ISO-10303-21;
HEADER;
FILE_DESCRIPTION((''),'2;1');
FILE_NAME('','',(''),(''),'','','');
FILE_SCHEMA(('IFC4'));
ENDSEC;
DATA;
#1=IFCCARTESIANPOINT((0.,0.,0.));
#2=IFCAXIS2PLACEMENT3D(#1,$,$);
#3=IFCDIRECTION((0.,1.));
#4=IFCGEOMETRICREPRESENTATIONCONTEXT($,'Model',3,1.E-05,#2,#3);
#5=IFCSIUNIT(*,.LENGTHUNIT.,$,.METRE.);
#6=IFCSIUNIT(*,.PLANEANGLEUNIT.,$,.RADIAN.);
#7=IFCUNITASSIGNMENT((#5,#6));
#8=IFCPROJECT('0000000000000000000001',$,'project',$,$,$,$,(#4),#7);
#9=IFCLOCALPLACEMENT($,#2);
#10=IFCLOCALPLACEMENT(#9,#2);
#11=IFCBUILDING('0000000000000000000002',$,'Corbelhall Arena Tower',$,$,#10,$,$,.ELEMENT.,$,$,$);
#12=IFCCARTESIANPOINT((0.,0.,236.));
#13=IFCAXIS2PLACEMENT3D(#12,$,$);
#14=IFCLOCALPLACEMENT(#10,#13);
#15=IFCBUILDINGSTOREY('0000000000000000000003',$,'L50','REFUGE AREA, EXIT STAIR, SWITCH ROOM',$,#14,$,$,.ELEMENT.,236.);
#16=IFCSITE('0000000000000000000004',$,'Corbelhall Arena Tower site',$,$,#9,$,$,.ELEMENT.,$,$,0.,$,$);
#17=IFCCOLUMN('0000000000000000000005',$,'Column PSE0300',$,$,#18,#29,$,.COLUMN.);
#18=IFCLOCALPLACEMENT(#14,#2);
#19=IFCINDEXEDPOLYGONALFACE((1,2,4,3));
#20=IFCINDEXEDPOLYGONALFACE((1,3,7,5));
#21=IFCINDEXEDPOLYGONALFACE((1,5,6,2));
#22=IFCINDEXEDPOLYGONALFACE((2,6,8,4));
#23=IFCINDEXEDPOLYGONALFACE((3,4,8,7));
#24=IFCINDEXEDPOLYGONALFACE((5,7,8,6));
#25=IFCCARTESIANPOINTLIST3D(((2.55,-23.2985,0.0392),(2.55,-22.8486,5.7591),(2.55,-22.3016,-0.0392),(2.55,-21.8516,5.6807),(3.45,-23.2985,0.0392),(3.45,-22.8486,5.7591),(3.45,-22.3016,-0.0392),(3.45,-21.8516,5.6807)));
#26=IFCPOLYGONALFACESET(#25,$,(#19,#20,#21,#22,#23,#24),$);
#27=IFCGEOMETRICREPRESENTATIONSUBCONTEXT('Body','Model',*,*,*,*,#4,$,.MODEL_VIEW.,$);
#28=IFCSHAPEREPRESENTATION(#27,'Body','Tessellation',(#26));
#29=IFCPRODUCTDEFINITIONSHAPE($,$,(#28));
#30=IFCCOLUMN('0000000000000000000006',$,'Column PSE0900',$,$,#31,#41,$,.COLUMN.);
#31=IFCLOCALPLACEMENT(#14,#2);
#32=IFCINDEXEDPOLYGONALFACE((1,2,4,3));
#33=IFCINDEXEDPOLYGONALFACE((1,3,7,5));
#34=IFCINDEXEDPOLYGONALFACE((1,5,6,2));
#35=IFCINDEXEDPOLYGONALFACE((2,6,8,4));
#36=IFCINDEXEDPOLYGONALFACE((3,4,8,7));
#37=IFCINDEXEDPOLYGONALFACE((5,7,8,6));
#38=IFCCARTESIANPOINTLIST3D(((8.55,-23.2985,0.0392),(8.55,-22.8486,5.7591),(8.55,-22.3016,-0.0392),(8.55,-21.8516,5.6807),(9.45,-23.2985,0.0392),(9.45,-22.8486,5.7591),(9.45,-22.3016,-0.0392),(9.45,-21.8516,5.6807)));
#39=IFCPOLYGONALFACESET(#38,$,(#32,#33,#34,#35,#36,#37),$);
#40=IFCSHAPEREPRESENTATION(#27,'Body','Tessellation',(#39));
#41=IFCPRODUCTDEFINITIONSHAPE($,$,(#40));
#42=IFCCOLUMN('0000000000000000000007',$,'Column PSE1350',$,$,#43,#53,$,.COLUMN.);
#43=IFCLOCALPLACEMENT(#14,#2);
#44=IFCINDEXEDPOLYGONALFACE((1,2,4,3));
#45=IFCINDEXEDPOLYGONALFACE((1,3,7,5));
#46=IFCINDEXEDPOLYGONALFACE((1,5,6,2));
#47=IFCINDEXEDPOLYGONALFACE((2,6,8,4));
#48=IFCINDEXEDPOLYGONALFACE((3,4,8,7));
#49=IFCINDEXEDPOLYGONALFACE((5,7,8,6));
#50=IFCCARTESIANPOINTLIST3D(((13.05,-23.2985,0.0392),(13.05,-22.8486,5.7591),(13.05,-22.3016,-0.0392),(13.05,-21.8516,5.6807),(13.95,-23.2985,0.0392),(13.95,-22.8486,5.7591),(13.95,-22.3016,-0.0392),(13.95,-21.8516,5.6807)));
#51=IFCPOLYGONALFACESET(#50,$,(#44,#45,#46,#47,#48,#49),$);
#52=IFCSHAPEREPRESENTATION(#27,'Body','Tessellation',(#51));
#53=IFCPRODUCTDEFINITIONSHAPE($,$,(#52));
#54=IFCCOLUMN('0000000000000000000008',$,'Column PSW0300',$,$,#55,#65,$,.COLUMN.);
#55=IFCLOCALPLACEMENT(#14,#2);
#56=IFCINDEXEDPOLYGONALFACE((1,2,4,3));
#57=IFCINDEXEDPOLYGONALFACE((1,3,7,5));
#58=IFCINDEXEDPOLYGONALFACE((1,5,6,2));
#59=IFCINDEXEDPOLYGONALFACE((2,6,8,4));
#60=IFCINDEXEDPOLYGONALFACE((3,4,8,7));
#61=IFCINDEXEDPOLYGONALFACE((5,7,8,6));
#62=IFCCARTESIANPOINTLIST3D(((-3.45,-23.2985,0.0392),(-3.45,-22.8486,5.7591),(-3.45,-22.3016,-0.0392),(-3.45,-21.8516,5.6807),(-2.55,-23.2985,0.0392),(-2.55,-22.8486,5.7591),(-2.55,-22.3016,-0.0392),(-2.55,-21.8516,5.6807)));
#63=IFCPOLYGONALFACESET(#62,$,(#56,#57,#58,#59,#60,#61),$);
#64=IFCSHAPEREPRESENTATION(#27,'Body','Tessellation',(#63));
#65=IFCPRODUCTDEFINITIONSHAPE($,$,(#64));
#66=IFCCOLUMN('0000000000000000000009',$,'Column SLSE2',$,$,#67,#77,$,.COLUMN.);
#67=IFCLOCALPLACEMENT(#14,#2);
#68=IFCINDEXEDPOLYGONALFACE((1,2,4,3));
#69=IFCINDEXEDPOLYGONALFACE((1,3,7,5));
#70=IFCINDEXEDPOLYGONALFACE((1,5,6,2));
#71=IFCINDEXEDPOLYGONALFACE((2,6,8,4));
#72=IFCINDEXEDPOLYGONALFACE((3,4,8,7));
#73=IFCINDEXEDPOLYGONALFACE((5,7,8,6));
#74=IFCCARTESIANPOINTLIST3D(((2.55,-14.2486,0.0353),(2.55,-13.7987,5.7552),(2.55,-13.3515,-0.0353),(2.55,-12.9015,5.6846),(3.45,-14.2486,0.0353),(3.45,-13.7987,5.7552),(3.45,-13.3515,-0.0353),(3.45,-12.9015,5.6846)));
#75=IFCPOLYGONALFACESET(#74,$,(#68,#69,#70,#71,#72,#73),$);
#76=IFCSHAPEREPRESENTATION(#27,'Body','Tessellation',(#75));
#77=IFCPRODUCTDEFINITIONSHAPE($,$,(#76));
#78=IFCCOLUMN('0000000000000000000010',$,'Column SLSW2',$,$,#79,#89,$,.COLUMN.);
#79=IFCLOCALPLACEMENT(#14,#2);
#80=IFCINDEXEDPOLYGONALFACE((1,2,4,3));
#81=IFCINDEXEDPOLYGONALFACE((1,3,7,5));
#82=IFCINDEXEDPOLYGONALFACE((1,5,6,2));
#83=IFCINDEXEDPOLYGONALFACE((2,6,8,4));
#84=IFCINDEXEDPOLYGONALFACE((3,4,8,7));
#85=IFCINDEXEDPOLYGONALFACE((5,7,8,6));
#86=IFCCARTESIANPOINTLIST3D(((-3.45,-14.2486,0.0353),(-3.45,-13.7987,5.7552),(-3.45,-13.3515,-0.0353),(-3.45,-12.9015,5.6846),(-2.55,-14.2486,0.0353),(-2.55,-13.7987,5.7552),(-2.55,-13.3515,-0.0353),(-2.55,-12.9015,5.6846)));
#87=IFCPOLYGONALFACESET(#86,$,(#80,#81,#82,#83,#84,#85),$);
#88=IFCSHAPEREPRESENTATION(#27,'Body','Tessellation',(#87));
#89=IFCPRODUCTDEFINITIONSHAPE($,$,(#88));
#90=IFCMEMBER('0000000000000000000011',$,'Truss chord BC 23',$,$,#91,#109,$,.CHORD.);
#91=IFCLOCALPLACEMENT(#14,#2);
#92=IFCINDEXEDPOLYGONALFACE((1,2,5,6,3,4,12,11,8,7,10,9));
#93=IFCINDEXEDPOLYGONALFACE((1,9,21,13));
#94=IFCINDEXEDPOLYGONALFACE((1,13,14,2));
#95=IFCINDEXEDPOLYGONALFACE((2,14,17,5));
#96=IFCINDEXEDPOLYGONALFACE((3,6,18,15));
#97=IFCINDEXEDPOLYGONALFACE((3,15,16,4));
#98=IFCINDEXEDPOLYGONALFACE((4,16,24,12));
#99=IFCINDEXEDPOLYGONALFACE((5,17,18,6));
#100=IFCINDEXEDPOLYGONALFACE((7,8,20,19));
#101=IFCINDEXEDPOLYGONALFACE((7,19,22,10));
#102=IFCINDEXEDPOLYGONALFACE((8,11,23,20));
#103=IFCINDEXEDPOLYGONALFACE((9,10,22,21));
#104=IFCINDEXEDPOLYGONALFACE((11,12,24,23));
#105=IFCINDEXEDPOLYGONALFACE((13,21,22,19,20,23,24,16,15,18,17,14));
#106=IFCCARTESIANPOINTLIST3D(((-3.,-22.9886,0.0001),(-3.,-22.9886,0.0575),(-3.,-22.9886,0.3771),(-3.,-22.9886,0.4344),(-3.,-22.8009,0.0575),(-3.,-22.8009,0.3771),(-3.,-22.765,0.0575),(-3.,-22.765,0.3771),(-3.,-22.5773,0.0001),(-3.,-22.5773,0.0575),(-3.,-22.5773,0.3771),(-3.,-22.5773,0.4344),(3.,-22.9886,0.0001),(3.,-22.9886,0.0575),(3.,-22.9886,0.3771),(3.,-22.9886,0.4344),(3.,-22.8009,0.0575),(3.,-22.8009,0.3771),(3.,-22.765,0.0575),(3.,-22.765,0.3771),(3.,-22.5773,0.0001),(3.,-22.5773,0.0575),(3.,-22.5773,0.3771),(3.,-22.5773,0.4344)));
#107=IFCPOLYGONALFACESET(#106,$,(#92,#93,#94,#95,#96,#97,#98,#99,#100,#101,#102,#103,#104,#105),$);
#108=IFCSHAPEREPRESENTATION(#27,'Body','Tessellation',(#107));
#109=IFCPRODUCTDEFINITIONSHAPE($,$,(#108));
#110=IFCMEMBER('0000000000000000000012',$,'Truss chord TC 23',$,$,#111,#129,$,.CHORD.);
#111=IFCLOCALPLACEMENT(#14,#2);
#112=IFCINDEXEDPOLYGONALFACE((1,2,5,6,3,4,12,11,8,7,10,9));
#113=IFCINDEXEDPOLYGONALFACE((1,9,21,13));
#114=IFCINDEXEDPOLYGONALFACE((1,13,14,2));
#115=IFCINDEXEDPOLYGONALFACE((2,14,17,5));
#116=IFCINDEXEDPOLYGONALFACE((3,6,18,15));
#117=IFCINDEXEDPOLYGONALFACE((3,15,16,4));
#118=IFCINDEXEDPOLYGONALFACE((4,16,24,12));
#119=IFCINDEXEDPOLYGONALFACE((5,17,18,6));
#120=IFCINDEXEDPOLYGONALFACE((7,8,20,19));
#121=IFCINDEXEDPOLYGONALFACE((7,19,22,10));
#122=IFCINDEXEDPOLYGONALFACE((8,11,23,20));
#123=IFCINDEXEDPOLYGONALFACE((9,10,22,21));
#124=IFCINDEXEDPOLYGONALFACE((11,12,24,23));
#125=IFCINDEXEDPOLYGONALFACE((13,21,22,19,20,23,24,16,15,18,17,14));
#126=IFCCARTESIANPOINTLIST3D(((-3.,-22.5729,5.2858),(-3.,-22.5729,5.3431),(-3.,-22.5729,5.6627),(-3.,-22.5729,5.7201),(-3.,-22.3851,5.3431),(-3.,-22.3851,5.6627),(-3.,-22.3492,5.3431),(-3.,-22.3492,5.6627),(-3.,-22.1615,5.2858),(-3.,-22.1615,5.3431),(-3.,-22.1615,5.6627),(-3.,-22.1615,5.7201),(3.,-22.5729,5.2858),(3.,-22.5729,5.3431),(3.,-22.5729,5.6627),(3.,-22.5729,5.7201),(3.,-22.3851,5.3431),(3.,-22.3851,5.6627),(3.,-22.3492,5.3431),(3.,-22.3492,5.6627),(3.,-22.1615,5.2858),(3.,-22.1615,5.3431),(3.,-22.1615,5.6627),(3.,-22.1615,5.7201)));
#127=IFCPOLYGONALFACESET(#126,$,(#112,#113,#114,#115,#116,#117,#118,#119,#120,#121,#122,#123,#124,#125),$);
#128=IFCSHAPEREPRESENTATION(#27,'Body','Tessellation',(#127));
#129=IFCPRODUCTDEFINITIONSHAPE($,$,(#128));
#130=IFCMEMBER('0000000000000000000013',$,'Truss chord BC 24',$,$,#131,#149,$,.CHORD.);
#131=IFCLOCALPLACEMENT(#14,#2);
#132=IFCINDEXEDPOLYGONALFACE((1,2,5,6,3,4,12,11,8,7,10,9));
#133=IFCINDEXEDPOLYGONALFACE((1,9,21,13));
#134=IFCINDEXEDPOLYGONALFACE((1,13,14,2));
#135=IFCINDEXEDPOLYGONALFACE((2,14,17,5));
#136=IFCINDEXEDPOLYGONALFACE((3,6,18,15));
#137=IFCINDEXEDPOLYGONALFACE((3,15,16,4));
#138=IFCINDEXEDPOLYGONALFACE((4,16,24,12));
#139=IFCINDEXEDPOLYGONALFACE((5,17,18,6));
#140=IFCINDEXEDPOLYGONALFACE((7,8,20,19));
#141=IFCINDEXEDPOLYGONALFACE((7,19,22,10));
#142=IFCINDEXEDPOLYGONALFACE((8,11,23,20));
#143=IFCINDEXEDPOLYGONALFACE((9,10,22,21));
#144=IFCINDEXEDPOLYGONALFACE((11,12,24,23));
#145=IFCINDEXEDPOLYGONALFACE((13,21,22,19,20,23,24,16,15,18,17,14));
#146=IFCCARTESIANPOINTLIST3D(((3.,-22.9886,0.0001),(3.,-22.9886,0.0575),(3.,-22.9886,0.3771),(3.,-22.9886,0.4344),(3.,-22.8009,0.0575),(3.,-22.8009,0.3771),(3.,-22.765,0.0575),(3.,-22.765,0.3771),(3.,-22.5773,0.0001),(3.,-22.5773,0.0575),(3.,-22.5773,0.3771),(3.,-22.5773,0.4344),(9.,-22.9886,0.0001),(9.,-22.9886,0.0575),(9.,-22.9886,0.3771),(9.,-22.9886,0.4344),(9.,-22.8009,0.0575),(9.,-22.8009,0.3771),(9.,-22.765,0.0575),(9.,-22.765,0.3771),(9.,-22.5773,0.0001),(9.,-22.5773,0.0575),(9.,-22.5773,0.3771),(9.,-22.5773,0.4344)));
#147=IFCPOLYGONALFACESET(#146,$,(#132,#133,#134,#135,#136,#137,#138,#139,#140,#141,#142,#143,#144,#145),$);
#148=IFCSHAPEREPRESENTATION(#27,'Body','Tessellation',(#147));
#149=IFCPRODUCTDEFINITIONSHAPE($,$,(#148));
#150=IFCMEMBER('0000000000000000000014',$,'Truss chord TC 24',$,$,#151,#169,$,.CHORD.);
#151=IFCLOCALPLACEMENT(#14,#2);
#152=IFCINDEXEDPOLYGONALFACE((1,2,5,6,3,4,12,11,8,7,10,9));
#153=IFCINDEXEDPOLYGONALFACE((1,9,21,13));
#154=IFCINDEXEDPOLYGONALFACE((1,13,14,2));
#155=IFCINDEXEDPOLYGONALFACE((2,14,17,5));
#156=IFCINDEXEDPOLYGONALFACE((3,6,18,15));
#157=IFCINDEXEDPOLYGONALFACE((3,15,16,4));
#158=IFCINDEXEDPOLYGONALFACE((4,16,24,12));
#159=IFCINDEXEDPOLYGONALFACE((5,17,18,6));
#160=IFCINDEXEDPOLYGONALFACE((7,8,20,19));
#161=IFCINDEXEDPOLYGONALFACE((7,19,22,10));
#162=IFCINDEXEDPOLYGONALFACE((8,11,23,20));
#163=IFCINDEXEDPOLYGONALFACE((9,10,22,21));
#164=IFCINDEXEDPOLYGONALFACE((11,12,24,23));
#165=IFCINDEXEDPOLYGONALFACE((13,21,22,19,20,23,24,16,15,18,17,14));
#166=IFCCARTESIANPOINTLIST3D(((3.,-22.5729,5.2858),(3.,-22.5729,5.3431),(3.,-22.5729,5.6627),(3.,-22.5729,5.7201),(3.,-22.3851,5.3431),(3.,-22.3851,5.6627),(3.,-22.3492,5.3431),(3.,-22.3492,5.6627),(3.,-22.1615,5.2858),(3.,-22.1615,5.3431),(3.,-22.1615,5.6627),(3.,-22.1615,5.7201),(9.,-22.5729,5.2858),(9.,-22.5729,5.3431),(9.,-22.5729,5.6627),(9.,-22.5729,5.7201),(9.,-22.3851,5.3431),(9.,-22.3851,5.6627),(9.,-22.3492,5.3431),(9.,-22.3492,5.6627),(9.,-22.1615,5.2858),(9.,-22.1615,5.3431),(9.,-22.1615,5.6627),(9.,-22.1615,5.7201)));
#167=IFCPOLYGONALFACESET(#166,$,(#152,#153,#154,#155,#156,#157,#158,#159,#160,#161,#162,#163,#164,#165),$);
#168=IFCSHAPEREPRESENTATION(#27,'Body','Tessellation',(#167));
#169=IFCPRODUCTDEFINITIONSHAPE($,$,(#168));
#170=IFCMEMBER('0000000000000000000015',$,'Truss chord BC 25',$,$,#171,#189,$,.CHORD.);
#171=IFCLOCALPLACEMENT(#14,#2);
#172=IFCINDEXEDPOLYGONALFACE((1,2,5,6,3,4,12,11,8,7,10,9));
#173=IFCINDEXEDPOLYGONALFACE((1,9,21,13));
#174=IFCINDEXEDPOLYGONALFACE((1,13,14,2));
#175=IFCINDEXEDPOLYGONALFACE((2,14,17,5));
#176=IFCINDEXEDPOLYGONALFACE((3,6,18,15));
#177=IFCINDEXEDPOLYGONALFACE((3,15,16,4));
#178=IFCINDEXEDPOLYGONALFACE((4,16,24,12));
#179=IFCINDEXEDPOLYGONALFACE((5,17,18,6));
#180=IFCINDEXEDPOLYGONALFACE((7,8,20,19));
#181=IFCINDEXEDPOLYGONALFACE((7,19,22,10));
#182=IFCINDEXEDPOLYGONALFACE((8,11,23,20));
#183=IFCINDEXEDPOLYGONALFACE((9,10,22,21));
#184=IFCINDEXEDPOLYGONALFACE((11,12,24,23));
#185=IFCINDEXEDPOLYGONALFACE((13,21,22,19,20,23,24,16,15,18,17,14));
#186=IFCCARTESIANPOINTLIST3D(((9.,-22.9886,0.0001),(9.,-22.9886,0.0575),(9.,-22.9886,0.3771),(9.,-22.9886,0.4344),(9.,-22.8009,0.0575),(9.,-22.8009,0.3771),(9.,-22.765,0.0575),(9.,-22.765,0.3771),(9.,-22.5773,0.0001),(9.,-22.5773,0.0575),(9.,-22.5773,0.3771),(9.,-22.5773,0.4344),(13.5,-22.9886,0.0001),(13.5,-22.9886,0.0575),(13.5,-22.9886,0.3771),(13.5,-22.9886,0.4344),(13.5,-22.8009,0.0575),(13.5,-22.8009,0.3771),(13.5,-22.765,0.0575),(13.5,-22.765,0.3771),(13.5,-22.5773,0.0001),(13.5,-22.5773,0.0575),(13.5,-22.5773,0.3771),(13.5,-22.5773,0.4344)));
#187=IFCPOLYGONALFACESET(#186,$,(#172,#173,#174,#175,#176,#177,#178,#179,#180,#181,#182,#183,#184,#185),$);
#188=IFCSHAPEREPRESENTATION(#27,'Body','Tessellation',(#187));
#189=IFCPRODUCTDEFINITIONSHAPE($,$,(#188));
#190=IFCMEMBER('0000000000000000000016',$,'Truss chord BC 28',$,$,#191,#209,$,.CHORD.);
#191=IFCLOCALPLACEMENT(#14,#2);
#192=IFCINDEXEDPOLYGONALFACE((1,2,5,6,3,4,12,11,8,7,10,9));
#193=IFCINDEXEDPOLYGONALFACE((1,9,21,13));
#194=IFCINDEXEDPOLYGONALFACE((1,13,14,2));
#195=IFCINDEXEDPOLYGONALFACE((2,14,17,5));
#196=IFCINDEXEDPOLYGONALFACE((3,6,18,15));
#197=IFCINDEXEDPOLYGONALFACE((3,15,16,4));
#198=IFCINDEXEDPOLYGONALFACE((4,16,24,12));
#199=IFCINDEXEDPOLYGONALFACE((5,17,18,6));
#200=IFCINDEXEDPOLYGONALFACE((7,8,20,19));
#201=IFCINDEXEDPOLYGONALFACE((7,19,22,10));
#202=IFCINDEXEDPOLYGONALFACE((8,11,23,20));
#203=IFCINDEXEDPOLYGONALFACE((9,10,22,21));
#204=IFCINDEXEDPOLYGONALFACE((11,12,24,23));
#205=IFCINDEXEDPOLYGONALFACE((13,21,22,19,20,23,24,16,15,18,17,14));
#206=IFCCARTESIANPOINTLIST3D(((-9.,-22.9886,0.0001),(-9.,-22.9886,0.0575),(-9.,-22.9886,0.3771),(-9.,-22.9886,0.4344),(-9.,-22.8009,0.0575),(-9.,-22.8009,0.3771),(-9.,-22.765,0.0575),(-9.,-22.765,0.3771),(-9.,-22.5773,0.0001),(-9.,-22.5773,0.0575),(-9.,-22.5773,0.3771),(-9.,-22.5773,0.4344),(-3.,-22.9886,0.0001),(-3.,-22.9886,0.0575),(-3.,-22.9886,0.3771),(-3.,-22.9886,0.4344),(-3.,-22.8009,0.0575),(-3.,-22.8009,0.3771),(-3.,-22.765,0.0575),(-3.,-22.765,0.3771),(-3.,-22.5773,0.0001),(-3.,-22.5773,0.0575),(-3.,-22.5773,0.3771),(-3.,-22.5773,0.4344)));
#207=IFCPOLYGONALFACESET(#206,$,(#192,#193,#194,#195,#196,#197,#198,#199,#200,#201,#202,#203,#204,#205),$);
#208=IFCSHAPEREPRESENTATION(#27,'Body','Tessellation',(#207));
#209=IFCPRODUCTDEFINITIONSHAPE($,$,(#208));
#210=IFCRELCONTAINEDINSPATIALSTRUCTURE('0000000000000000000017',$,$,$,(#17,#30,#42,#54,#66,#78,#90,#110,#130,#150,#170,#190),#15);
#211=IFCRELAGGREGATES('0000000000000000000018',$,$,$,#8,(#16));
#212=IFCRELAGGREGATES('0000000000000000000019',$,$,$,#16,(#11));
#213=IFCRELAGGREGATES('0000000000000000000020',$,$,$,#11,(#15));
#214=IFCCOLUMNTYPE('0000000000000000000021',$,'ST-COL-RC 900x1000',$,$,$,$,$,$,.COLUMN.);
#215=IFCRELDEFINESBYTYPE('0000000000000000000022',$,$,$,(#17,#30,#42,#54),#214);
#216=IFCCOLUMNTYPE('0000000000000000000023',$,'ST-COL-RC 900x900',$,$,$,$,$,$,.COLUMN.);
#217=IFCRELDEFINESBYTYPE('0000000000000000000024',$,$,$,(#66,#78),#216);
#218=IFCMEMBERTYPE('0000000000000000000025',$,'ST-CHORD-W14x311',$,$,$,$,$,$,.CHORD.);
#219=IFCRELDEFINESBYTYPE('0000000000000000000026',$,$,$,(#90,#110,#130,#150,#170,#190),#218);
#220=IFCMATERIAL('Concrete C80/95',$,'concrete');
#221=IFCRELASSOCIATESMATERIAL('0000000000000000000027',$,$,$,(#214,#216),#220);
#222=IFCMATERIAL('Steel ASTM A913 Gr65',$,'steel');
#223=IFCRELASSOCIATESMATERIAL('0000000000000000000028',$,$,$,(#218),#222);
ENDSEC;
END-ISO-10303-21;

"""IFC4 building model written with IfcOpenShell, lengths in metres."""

from ifc_helpers import new_model, si_unit, direction, frame, origin, origin_2d, place, context, subcontext, project, spatial, rectangle, i_section, extrude, material, material_profile, profile_set, type_object, element, save


model = new_model("IFC4")

# Units and contexts
model_context = context("Model", 3, precision=1e-05, world=origin(), true_north=direction((0.0, 1.0)))
body_context = subcontext(model_context, "Body", "Model", "MODEL_VIEW")
ifc_project = project(units=[si_unit("LENGTHUNIT", "METRE"), si_unit("PLANEANGLEUNIT", "RADIAN")], contexts=[model_context])

# Site, building, storey
site_placement = place(None, origin())
site = spatial("IfcSite", under=ifc_project, at=site_placement, Name="Corbelhall Arena Tower site", CompositionType="ELEMENT", RefElevation=0.0)
building_placement = place(site_placement, origin())
building = spatial("IfcBuilding", under=site, at=building_placement, Name="Corbelhall Arena Tower", CompositionType="ELEMENT")
storey_placement = place(building_placement, frame((0.0, 0.0, 236.0)))
storey = spatial("IfcBuildingStorey", under=building, at=storey_placement, Name="L50", Description="REFUGE AREA, EXIT STAIR, SWITCH ROOM", CompositionType="ELEMENT", Elevation=236.0)

# Columns
ifc_material_1 = material(Name="Concrete C80/95", Category="concrete")
ifc_material_profile_1 = material_profile(ifc_material_1, rectangle(XDim=0.8999, YDim=1.0, at=origin_2d()))
ifc_profile_set_1 = profile_set([ifc_material_profile_1], Name="Concrete C80/95")
column_type_1 = type_object("IfcColumnType", Name="ST-COL-RC 900x1000", PredefinedType="COLUMN", material=ifc_profile_set_1)
for number, where, z_axis, x_axis, name in (
    (1, (3.0, -22.8, 0.0), (0.0, 0.078421, 0.99692), (-1.0, 0.0, 0.0), "Column PSE0300"),
    (2, (9.0, -22.8, 0.0), (0.0, 0.078421, 0.99692), (-1.0, 0.0, 0.0), "Column PSE0900"),
    (3, (13.5, -22.8, 0.0), (0.0, 0.078421, 0.99692), (-1.0, 0.0, 0.0), "Column PSE1350"),
    (4, (-3.0, -22.8, 0.0), (0.0, 0.078421, 0.99692), (-1.0, 0.0, 0.0), "Column PSW0300"),
):
    element("IfcColumn", number, at=place(storey_placement, frame(where, z_axis=z_axis, x_axis=x_axis)), inside=storey, type_object=column_type_1, Name=name, PredefinedType="COLUMN", context=body_context, shape_type="SweptSolid", body=[
        extrude(rectangle(XDim=0.8999, YDim=1.0, at=origin_2d()), origin(), (0.0, 0.0, 1.0), 5.7375),
    ])
ifc_material_profile_2 = material_profile(ifc_material_1, rectangle(XDim=0.8999, YDim=0.8999, at=origin_2d()))
ifc_profile_set_2 = profile_set([ifc_material_profile_2], Name="Concrete C80/95")
column_type_2 = type_object("IfcColumnType", Name="ST-COL-RC 900x900", PredefinedType="COLUMN", material=ifc_profile_set_2)
for number, where, z_axis, x_axis, name in (
    (5, (3.0, -13.8, 0.0), (0.0, 0.078421, 0.99692), (-1.0, 0.0, 0.0), "Column SLSE2"),
    (6, (-3.0, -13.8, 0.0), (0.0, 0.078421, 0.99692), (-1.0, 0.0, 0.0), "Column SLSW2"),
):
    element("IfcColumn", number, at=place(storey_placement, frame(where, z_axis=z_axis, x_axis=x_axis)), inside=storey, type_object=column_type_2, Name=name, PredefinedType="COLUMN", context=body_context, shape_type="SweptSolid", body=[
        extrude(rectangle(XDim=0.8999, YDim=0.8999, at=origin_2d()), origin(), (0.0, 0.0, 1.0), 5.7375),
    ])

# Members
ifc_material_2 = material(Name="Steel ASTM A913 Gr65", Category="steel")
ifc_material_profile_3 = material_profile(ifc_material_2, i_section(OverallWidth=0.4114, OverallDepth=0.4343, WebThickness=0.0359, FlangeThickness=0.0574, at=origin_2d()))
ifc_profile_set_3 = profile_set([ifc_material_profile_3], Name="Steel ASTM A913 Gr65")
member_type_1 = type_object("IfcMemberType", Name="ST-CHORD-W14x311", PredefinedType="CHORD", material=ifc_profile_set_3)
for number, where, z_axis, x_axis, name in (
    (7, (3.0, -22.783, 0.2173), (-1.0, 0.0, 0.0), (0.0, -1.0, 0.0), "Truss chord BC 23"),
    (8, (3.0, -22.3672, 5.5029), (-1.0, 0.0, 0.0), (0.0, -1.0, 0.0), "Truss chord TC 23"),
    (9, (9.0, -22.783, 0.2173), (-1.0, 0.0, 0.0), (0.0, -1.0, 0.0), "Truss chord BC 24"),
    (10, (9.0, -22.3672, 5.5029), (-1.0, 0.0, 0.0), (0.0, -1.0, 0.0), "Truss chord TC 24"),
):
    element("IfcMember", number, at=place(storey_placement, frame(where, z_axis=z_axis, x_axis=x_axis)), inside=storey, type_object=member_type_1, Name=name, PredefinedType="CHORD", context=body_context, shape_type="SweptSolid", body=[
        extrude(i_section(OverallWidth=0.4114, OverallDepth=0.4343, WebThickness=0.0359, FlangeThickness=0.0574, at=origin_2d()), origin(), (0.0, 0.0, 1.0), 6.0),
    ])
member_1_placement = place(storey_placement, frame((13.5, -22.783, 0.2173), z_axis=(-1.0, 0.0, 0.0), x_axis=(0.0, -1.0, 0.0)))
element("IfcMember", 11, at=member_1_placement, inside=storey, type_object=member_type_1, Name="Truss chord BC 25", PredefinedType="CHORD", context=body_context, shape_type="SweptSolid", body=[
    extrude(i_section(OverallWidth=0.4114, OverallDepth=0.4343, WebThickness=0.0359, FlangeThickness=0.0574, at=origin_2d()), origin(), (0.0, 0.0, 1.0), 4.5),
])
for number, where, z_axis, x_axis, name in (
    (12, (-3.0, -22.783, 0.2173), (-1.0, 0.0, 0.0), (0.0, -1.0, 0.0), "Truss chord BC 28"),
):
    element("IfcMember", number, at=place(storey_placement, frame(where, z_axis=z_axis, x_axis=x_axis)), inside=storey, type_object=member_type_1, Name=name, PredefinedType="CHORD", context=body_context, shape_type="SweptSolid", body=[
        extrude(i_section(OverallWidth=0.4114, OverallDepth=0.4343, WebThickness=0.0359, FlangeThickness=0.0574, at=origin_2d()), origin(), (0.0, 0.0, 1.0), 6.0),
    ])

save(model, "model.ifc")
